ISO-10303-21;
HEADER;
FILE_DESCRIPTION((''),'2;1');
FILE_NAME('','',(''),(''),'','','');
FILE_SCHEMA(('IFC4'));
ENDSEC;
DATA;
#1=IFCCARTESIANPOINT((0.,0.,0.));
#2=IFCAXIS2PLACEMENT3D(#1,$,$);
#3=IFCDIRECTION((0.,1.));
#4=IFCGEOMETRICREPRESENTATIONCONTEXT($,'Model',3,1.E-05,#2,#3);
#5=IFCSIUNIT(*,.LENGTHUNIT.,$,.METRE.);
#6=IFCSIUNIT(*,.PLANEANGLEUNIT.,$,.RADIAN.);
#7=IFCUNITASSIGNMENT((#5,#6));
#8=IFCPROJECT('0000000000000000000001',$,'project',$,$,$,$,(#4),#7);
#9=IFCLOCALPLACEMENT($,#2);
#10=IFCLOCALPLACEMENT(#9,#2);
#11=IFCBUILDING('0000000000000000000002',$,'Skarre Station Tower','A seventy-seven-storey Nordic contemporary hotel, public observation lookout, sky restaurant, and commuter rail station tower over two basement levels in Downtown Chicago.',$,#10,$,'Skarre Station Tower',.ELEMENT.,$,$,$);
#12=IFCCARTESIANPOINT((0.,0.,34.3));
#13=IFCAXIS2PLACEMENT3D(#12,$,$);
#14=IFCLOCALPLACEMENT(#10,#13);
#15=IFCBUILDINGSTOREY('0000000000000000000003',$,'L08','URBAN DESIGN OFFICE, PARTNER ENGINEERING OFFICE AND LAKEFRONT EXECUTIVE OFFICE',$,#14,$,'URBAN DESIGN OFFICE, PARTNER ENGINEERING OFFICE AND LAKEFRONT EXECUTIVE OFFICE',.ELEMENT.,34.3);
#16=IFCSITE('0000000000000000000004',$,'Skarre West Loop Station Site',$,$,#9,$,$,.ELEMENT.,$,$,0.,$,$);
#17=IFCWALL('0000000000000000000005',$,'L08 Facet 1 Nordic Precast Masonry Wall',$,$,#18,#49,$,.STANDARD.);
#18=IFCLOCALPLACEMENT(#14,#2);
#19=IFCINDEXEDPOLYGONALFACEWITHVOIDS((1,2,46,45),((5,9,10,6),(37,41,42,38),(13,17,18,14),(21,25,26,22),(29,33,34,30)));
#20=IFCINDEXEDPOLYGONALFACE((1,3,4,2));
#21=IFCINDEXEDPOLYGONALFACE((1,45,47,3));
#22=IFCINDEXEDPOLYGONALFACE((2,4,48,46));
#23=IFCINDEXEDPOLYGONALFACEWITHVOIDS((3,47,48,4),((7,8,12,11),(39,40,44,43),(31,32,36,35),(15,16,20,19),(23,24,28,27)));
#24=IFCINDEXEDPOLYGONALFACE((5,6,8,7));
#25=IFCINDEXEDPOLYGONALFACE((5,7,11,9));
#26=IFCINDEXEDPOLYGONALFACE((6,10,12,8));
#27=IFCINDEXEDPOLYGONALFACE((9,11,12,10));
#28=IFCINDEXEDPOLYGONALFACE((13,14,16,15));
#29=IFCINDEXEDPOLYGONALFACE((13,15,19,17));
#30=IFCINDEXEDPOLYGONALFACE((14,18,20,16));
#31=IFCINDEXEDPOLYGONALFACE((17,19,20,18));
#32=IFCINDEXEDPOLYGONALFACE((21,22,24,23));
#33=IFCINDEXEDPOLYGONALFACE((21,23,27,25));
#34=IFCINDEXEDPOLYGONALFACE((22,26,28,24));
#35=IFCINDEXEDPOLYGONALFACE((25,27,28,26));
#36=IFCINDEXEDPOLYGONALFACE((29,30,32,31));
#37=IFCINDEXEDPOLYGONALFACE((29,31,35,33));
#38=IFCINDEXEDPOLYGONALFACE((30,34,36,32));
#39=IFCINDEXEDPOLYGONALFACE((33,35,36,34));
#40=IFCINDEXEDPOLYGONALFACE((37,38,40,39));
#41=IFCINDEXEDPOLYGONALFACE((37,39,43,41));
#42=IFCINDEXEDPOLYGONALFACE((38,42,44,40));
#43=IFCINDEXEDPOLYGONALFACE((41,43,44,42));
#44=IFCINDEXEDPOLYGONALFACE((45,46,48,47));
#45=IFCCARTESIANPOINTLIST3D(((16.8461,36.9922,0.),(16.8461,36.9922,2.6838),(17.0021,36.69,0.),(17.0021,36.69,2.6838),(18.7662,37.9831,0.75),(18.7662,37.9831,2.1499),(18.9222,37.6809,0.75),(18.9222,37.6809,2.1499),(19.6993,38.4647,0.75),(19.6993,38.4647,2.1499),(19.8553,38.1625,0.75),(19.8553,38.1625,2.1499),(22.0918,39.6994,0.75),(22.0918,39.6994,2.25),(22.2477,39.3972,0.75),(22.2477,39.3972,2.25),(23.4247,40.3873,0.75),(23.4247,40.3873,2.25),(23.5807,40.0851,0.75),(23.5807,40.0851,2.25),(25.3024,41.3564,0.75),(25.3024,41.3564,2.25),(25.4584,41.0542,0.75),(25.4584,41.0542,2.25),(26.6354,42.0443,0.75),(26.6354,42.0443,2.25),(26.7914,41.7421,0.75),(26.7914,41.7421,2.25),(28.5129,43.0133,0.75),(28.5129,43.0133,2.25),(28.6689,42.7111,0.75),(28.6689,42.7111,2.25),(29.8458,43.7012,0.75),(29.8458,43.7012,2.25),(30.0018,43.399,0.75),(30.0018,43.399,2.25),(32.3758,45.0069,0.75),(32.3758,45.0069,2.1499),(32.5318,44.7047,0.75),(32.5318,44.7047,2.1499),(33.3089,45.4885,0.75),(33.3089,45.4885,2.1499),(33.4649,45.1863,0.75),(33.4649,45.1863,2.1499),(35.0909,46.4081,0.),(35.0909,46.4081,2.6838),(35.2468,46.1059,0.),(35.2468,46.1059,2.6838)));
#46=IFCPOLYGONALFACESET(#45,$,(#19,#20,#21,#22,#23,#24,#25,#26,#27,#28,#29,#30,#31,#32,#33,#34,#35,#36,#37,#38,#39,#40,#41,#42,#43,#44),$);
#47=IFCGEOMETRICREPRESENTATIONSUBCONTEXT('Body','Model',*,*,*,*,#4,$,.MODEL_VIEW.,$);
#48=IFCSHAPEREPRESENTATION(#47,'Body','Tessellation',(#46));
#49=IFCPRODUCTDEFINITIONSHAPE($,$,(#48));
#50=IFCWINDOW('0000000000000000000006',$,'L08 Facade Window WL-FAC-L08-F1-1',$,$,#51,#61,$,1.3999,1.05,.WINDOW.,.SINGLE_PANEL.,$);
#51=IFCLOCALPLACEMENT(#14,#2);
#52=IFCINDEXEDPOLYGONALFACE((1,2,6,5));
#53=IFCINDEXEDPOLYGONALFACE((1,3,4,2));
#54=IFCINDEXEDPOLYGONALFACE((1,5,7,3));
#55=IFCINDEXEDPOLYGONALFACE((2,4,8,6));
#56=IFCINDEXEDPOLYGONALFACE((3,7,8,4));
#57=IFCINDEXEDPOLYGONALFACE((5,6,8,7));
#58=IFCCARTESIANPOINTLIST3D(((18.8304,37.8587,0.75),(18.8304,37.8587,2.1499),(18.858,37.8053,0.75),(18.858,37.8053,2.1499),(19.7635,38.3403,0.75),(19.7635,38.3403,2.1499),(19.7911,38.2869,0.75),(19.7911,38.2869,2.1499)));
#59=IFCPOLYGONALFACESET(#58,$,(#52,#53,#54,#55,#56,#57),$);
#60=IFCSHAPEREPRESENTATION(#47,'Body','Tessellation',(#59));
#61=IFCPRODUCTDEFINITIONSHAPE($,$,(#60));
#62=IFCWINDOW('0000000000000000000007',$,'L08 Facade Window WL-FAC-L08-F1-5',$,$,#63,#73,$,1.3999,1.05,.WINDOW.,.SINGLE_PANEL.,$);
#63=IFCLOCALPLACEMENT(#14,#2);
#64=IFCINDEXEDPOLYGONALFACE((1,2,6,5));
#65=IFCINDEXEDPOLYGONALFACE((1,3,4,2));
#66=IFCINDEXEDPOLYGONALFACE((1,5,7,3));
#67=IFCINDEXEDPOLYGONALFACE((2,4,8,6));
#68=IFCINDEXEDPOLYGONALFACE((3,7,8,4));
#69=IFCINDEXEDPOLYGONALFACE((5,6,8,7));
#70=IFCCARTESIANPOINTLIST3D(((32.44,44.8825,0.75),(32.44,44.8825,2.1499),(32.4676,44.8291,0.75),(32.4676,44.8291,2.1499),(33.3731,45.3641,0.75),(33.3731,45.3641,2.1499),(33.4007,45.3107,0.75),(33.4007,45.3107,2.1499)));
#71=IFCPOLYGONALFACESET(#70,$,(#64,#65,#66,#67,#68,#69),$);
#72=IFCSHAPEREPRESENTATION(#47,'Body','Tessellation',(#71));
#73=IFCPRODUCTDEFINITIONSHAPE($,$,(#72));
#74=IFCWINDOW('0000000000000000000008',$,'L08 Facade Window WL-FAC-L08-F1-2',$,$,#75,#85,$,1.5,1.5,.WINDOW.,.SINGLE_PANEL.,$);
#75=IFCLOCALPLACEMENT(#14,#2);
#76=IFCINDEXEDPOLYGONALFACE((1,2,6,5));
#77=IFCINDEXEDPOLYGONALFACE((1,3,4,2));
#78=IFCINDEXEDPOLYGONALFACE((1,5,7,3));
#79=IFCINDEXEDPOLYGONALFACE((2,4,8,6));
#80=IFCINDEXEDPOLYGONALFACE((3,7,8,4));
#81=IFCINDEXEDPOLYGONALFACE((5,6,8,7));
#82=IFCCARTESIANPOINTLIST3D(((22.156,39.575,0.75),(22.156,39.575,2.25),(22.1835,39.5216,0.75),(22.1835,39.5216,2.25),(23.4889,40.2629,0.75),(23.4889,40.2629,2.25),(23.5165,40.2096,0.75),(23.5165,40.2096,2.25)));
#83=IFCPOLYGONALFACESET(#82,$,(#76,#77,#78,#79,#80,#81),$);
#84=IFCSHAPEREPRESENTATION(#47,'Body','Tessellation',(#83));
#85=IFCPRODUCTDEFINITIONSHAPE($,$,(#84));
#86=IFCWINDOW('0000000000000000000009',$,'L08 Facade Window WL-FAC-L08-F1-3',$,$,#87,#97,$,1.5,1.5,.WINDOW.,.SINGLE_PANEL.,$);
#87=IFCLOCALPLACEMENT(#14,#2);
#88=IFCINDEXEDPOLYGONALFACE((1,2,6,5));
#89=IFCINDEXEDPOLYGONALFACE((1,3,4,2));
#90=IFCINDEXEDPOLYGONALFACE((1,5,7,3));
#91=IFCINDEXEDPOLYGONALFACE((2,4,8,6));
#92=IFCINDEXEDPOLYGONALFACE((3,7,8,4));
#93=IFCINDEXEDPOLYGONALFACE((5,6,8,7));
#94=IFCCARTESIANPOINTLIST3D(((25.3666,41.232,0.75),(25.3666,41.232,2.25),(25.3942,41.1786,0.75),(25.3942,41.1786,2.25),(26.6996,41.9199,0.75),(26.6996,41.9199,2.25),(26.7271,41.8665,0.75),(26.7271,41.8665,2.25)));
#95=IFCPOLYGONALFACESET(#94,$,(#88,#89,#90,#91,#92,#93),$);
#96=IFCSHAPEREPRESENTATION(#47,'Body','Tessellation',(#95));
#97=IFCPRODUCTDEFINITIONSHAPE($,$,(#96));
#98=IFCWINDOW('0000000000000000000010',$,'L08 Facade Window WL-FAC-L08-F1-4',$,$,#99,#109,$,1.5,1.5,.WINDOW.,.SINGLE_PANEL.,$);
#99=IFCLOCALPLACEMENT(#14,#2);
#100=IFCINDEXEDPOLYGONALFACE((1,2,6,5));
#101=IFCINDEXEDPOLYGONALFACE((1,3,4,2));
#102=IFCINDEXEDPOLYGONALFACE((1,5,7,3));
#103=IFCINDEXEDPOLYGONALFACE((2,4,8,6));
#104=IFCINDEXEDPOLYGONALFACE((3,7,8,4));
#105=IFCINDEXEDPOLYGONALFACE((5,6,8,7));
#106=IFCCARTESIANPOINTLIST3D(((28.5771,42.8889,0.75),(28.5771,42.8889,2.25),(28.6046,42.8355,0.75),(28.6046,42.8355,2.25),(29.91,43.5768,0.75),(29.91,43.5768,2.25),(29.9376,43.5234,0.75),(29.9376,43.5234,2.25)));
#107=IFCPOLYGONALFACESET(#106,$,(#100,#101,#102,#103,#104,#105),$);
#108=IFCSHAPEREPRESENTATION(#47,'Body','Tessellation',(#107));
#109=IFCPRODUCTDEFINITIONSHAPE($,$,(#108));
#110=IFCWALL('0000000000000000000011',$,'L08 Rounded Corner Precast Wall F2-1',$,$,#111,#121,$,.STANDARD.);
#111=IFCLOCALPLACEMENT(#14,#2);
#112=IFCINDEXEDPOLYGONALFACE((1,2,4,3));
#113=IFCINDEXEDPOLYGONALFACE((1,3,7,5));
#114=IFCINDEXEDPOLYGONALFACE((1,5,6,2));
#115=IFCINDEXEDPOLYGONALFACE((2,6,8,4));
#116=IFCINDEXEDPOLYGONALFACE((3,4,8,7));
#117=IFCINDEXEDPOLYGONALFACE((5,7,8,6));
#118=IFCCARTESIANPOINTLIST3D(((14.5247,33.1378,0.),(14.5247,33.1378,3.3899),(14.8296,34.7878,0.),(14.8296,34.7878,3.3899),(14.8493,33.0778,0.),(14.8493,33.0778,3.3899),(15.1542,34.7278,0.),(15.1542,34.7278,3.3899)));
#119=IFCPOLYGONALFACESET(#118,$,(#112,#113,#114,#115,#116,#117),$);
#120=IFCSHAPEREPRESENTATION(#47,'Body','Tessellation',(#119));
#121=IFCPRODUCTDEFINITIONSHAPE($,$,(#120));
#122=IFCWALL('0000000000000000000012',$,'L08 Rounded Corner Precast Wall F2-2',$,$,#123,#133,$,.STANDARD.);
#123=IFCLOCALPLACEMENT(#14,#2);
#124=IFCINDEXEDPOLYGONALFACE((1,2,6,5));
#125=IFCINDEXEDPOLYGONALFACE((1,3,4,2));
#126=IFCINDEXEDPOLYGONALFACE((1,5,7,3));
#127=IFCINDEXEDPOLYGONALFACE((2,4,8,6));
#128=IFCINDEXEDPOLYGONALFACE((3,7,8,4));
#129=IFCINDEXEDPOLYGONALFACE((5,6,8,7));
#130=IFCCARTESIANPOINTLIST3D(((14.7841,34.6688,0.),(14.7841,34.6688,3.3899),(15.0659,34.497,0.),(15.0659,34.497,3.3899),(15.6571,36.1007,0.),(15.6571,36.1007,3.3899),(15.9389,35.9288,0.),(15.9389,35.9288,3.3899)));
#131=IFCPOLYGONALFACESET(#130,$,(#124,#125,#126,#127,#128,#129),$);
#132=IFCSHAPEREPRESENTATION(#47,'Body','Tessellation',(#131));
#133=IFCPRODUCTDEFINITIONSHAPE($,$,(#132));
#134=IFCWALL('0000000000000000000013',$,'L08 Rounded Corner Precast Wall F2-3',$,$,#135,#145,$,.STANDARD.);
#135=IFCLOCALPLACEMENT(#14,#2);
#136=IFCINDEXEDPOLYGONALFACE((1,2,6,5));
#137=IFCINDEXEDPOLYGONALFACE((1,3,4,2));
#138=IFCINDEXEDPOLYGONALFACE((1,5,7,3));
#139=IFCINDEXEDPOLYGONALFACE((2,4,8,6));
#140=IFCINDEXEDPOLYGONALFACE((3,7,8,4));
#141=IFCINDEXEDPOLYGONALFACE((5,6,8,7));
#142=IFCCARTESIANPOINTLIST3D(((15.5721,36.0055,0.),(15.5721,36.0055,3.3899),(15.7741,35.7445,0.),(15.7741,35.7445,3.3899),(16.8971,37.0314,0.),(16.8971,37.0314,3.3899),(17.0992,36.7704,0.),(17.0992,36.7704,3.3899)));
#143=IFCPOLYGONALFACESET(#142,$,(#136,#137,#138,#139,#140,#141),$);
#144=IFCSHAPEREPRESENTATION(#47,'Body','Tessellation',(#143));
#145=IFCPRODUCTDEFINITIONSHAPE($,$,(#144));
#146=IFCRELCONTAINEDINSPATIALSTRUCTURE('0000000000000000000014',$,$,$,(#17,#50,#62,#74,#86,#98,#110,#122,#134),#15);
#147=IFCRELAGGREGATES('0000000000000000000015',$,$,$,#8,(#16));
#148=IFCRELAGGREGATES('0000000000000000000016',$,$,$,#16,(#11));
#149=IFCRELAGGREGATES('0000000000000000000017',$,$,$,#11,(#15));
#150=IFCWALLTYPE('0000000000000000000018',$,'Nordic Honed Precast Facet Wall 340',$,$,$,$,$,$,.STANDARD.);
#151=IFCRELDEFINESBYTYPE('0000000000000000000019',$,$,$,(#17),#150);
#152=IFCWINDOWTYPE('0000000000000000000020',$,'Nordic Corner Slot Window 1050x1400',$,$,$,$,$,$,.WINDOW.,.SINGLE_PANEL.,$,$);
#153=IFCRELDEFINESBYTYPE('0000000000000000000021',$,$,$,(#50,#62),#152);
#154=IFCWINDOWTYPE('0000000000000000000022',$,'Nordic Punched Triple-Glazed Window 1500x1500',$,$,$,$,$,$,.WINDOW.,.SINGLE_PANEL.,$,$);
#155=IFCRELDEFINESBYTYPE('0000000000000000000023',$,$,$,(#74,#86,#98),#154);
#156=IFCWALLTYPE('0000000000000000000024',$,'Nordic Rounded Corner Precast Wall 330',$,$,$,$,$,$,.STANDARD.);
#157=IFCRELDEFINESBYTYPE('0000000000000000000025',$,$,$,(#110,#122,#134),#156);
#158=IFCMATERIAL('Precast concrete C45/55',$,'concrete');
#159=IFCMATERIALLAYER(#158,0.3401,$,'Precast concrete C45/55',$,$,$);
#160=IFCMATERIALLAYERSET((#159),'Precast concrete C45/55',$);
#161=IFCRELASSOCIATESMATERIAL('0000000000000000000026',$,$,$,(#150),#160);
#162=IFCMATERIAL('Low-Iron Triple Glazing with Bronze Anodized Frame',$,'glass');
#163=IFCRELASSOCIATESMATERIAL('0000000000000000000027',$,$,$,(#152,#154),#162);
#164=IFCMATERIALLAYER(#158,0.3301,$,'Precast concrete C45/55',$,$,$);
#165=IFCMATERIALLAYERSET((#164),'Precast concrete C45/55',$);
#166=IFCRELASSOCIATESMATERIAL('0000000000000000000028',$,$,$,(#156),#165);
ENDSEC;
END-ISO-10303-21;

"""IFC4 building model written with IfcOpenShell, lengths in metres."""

from ifc_helpers import new_model, si_unit, direction, frame, frame_2d, origin, place, context, subcontext, project, spatial, rectangle, extrude, material, layer, layer_set, type_object, element, fill, save


model = new_model("IFC4")

# Units and contexts
model_context = context("Model", 3, precision=1e-05, world=origin(), true_north=direction((0.0, 1.0)))
body_context = subcontext(model_context, "Body", "Model", "MODEL_VIEW")
ifc_project = project(units=[si_unit("LENGTHUNIT", "METRE"), si_unit("PLANEANGLEUNIT", "RADIAN")], contexts=[model_context])

# Site, building, storey
site_placement = place(None, origin())
site = spatial("IfcSite", under=ifc_project, at=site_placement, Name="Skarre West Loop Station Site", CompositionType="ELEMENT", RefElevation=0.0)
building_placement = place(site_placement, origin())
building = spatial("IfcBuilding", under=site, at=building_placement, Name="Skarre Station Tower", Description="A seventy-seven-storey Nordic contemporary hotel, public observation lookout, sky restaurant, and commuter rail station tower over two basement levels in Downtown Chicago.", LongName="Skarre Station Tower", CompositionType="ELEMENT")
storey_placement = place(building_placement, frame((0.0, 0.0, 34.3)))
storey = spatial("IfcBuildingStorey", under=building, at=storey_placement, Name="L08", Description="URBAN DESIGN OFFICE, PARTNER ENGINEERING OFFICE AND LAKEFRONT EXECUTIVE OFFICE", LongName="URBAN DESIGN OFFICE, PARTNER ENGINEERING OFFICE AND LAKEFRONT EXECUTIVE OFFICE", CompositionType="ELEMENT", Elevation=34.3)

# Wall, openings, windows
ifc_material_1 = material(Name="Precast concrete C45/55", Category="concrete")
ifc_layer_1 = layer(ifc_material_1, 0.3401, Name="Precast concrete C45/55")
ifc_layer_set_1 = layer_set([ifc_layer_1], Name="Precast concrete C45/55")
wall_type_1 = type_object("IfcWallType", Name="Nordic Honed Precast Facet Wall 340", PredefinedType="STANDARD", material=ifc_layer_set_1)
wall_1_placement = place(storey_placement, frame((16.9241, 36.8411, 0.0), z_axis=(0.0, 0.0, 1.0), x_axis=(0.888634, 0.458616, 0.0)))
wall_1 = element("IfcWall", 1, at=wall_1_placement, inside=storey, type_object=wall_type_1, Name="L08 Facet 1 Nordic Precast Masonry Wall", PredefinedType="STANDARD", context=body_context, shape_type="SweptSolid", body=[
    extrude(rectangle(XDim=20.5312, YDim=0.3401, at=frame_2d((10.2656, 0.0))), origin(), (0.0, 0.0, 1.0), 2.6838),
])
opening_1_placement = place(wall_1_placement, frame((2.1609, 0.0, 0.75)))
opening_1 = element("IfcOpeningElement", 2, at=opening_1_placement, cuts=wall_1, PredefinedType="OPENING", context=body_context, shape_type="SweptSolid", body=[
    extrude(rectangle(XDim=1.05, YDim=1.3999, at=frame_2d((0.5249, 0.7))), frame((0.0, 0.1799, 0.0), z_axis=(0.0, -1.0, 0.0), x_axis=(1.0, 0.0, 0.0)), (0.0, 0.0, 1.0), 0.3601),
])
opening_2_placement = place(wall_1_placement, frame((5.9031, 0.0, 0.75)))
opening_2 = element("IfcOpeningElement", 3, at=opening_2_placement, cuts=wall_1, PredefinedType="OPENING", context=body_context, shape_type="SweptSolid", body=[
    extrude(rectangle(XDim=1.5, YDim=1.5, at=frame_2d((0.75, 0.75))), frame((0.0, 0.1799, 0.0), z_axis=(0.0, -1.0, 0.0), x_axis=(1.0, 0.0, 0.0)), (0.0, 0.0, 1.0), 0.3601),
])
opening_3_placement = place(wall_1_placement, frame((9.5161, 0.0, 0.75)))
opening_3 = element("IfcOpeningElement", 4, at=opening_3_placement, cuts=wall_1, PredefinedType="OPENING", context=body_context, shape_type="SweptSolid", body=[
    extrude(rectangle(XDim=1.5, YDim=1.5, at=frame_2d((0.75, 0.75))), frame((0.0, 0.1799, 0.0), z_axis=(0.0, -1.0, 0.0), x_axis=(1.0, 0.0, 0.0)), (0.0, 0.0, 1.0), 0.3601),
])
opening_4_placement = place(wall_1_placement, frame((13.1289, 0.0, 0.75)))
opening_4 = element("IfcOpeningElement", 5, at=opening_4_placement, cuts=wall_1, PredefinedType="OPENING", context=body_context, shape_type="SweptSolid", body=[
    extrude(rectangle(XDim=1.5, YDim=1.5, at=frame_2d((0.75, 0.75))), frame((0.0, 0.1799, 0.0), z_axis=(0.0, -1.0, 0.0), x_axis=(1.0, 0.0, 0.0)), (0.0, 0.0, 1.0), 0.3601),
])
opening_5_placement = place(wall_1_placement, frame((17.4761, 0.0, 0.75)))
opening_5 = element("IfcOpeningElement", 6, at=opening_5_placement, cuts=wall_1, PredefinedType="OPENING", context=body_context, shape_type="SweptSolid", body=[
    extrude(rectangle(XDim=1.05, YDim=1.3999, at=frame_2d((0.5249, 0.7))), frame((0.0, 0.1799, 0.0), z_axis=(0.0, -1.0, 0.0), x_axis=(1.0, 0.0, 0.0)), (0.0, 0.0, 1.0), 0.3601),
])
ifc_material_2 = material(Name="Low-Iron Triple Glazing with Bronze Anodized Frame", Category="glass")
window_type_1 = type_object("IfcWindowType", Name="Nordic Corner Slot Window 1050x1400", PartitioningType="SINGLE_PANEL", PredefinedType="WINDOW", material=ifc_material_2)
window_1_placement = place(opening_1_placement, origin())
window_1 = element("IfcWindow", 7, at=window_1_placement, inside=storey, type_object=window_type_1, Name="L08 Facade Window WL-FAC-L08-F1-1", OverallHeight=1.3999, OverallWidth=1.05, PartitioningType="SINGLE_PANEL", PredefinedType="WINDOW", context=body_context, shape_type="SweptSolid", body=[
    extrude(rectangle(XDim=1.05, YDim=1.3999, at=frame_2d((0.5249, 0.7))), frame((0.0, 0.03, 0.0), z_axis=(0.0, -1.0, 0.0), x_axis=(1.0, 0.0, 0.0)), (0.0, 0.0, 1.0), 0.0601),
])
fill(opening_1, window_1)
window_2_placement = place(opening_5_placement, origin())
window_2 = element("IfcWindow", 8, at=window_2_placement, inside=storey, type_object=window_type_1, Name="L08 Facade Window WL-FAC-L08-F1-5", OverallHeight=1.3999, OverallWidth=1.05, PartitioningType="SINGLE_PANEL", PredefinedType="WINDOW", context=body_context, shape_type="SweptSolid", body=[
    extrude(rectangle(XDim=1.05, YDim=1.3999, at=frame_2d((0.5249, 0.7))), frame((0.0, 0.03, 0.0), z_axis=(0.0, -1.0, 0.0), x_axis=(1.0, 0.0, 0.0)), (0.0, 0.0, 1.0), 0.0601),
])
fill(opening_5, window_2)
window_type_2 = type_object("IfcWindowType", Name="Nordic Punched Triple-Glazed Window 1500x1500", PartitioningType="SINGLE_PANEL", PredefinedType="WINDOW", material=ifc_material_2)
window_3_placement = place(opening_2_placement, origin())
window_3 = element("IfcWindow", 9, at=window_3_placement, inside=storey, type_object=window_type_2, Name="L08 Facade Window WL-FAC-L08-F1-2", OverallHeight=1.5, OverallWidth=1.5, PartitioningType="SINGLE_PANEL", PredefinedType="WINDOW", context=body_context, shape_type="SweptSolid", body=[
    extrude(rectangle(XDim=1.5, YDim=1.5, at=frame_2d((0.75, 0.75))), frame((0.0, 0.03, 0.0), z_axis=(0.0, -1.0, 0.0), x_axis=(1.0, 0.0, 0.0)), (0.0, 0.0, 1.0), 0.0601),
])
fill(opening_2, window_3)
window_4_placement = place(opening_3_placement, origin())
window_4 = element("IfcWindow", 10, at=window_4_placement, inside=storey, type_object=window_type_2, Name="L08 Facade Window WL-FAC-L08-F1-3", OverallHeight=1.5, OverallWidth=1.5, PartitioningType="SINGLE_PANEL", PredefinedType="WINDOW", context=body_context, shape_type="SweptSolid", body=[
    extrude(rectangle(XDim=1.5, YDim=1.5, at=frame_2d((0.75, 0.75))), frame((0.0, 0.03, 0.0), z_axis=(0.0, -1.0, 0.0), x_axis=(1.0, 0.0, 0.0)), (0.0, 0.0, 1.0), 0.0601),
])
fill(opening_3, window_4)
window_5_placement = place(opening_4_placement, origin())
window_5 = element("IfcWindow", 11, at=window_5_placement, inside=storey, type_object=window_type_2, Name="L08 Facade Window WL-FAC-L08-F1-4", OverallHeight=1.5, OverallWidth=1.5, PartitioningType="SINGLE_PANEL", PredefinedType="WINDOW", context=body_context, shape_type="SweptSolid", body=[
    extrude(rectangle(XDim=1.5, YDim=1.5, at=frame_2d((0.75, 0.75))), frame((0.0, 0.03, 0.0), z_axis=(0.0, -1.0, 0.0), x_axis=(1.0, 0.0, 0.0)), (0.0, 0.0, 1.0), 0.0601),
])
fill(opening_4, window_5)

# Walls
ifc_layer_2 = layer(ifc_material_1, 0.3301, Name="Precast concrete C45/55")
ifc_layer_set_2 = layer_set([ifc_layer_2], Name="Precast concrete C45/55")
wall_type_2 = type_object("IfcWallType", Name="Nordic Rounded Corner Precast Wall 330", PredefinedType="STANDARD", material=ifc_layer_set_2)
wall_2_placement = place(storey_placement, frame((14.687, 33.1079, 0.0), z_axis=(0.0, 0.0, 1.0), x_axis=(0.181714, 0.983351, 0.0)))
element("IfcWall", 12, at=wall_2_placement, inside=storey, type_object=wall_type_2, Name="L08 Rounded Corner Precast Wall F2-1", PredefinedType="STANDARD", context=body_context, shape_type="SweptSolid", body=[
    extrude(rectangle(XDim=1.678, YDim=0.3301, at=frame_2d((0.8389, 0.0))), origin(), (0.0, 0.0, 1.0), 3.3899),
])
wall_3_placement = place(storey_placement, frame((14.925, 34.583, 0.0), z_axis=(0.0, 0.0, 1.0), x_axis=(0.520584, 0.85381, 0.0)))
element("IfcWall", 13, at=wall_3_placement, inside=storey, type_object=wall_type_2, Name="L08 Rounded Corner Precast Wall F2-2", PredefinedType="STANDARD", context=body_context, shape_type="SweptSolid", body=[
    extrude(rectangle(XDim=1.677, YDim=0.3301, at=frame_2d((0.8384, 0.0))), origin(), (0.0, 0.0, 1.0), 3.3899),
])
wall_4_placement = place(storey_placement, frame((15.6731, 35.875, 0.0), z_axis=(0.0, 0.0, 1.0), x_axis=(0.790692, 0.612214, 0.0)))
element("IfcWall", 14, at=wall_4_placement, inside=storey, type_object=wall_type_2, Name="L08 Rounded Corner Precast Wall F2-3", PredefinedType="STANDARD", context=body_context, shape_type="SweptSolid", body=[
    extrude(rectangle(XDim=1.6758, YDim=0.3301, at=frame_2d((0.8379, 0.0))), origin(), (0.0, 0.0, 1.0), 3.3899),
])

save(model, "model.ifc")
